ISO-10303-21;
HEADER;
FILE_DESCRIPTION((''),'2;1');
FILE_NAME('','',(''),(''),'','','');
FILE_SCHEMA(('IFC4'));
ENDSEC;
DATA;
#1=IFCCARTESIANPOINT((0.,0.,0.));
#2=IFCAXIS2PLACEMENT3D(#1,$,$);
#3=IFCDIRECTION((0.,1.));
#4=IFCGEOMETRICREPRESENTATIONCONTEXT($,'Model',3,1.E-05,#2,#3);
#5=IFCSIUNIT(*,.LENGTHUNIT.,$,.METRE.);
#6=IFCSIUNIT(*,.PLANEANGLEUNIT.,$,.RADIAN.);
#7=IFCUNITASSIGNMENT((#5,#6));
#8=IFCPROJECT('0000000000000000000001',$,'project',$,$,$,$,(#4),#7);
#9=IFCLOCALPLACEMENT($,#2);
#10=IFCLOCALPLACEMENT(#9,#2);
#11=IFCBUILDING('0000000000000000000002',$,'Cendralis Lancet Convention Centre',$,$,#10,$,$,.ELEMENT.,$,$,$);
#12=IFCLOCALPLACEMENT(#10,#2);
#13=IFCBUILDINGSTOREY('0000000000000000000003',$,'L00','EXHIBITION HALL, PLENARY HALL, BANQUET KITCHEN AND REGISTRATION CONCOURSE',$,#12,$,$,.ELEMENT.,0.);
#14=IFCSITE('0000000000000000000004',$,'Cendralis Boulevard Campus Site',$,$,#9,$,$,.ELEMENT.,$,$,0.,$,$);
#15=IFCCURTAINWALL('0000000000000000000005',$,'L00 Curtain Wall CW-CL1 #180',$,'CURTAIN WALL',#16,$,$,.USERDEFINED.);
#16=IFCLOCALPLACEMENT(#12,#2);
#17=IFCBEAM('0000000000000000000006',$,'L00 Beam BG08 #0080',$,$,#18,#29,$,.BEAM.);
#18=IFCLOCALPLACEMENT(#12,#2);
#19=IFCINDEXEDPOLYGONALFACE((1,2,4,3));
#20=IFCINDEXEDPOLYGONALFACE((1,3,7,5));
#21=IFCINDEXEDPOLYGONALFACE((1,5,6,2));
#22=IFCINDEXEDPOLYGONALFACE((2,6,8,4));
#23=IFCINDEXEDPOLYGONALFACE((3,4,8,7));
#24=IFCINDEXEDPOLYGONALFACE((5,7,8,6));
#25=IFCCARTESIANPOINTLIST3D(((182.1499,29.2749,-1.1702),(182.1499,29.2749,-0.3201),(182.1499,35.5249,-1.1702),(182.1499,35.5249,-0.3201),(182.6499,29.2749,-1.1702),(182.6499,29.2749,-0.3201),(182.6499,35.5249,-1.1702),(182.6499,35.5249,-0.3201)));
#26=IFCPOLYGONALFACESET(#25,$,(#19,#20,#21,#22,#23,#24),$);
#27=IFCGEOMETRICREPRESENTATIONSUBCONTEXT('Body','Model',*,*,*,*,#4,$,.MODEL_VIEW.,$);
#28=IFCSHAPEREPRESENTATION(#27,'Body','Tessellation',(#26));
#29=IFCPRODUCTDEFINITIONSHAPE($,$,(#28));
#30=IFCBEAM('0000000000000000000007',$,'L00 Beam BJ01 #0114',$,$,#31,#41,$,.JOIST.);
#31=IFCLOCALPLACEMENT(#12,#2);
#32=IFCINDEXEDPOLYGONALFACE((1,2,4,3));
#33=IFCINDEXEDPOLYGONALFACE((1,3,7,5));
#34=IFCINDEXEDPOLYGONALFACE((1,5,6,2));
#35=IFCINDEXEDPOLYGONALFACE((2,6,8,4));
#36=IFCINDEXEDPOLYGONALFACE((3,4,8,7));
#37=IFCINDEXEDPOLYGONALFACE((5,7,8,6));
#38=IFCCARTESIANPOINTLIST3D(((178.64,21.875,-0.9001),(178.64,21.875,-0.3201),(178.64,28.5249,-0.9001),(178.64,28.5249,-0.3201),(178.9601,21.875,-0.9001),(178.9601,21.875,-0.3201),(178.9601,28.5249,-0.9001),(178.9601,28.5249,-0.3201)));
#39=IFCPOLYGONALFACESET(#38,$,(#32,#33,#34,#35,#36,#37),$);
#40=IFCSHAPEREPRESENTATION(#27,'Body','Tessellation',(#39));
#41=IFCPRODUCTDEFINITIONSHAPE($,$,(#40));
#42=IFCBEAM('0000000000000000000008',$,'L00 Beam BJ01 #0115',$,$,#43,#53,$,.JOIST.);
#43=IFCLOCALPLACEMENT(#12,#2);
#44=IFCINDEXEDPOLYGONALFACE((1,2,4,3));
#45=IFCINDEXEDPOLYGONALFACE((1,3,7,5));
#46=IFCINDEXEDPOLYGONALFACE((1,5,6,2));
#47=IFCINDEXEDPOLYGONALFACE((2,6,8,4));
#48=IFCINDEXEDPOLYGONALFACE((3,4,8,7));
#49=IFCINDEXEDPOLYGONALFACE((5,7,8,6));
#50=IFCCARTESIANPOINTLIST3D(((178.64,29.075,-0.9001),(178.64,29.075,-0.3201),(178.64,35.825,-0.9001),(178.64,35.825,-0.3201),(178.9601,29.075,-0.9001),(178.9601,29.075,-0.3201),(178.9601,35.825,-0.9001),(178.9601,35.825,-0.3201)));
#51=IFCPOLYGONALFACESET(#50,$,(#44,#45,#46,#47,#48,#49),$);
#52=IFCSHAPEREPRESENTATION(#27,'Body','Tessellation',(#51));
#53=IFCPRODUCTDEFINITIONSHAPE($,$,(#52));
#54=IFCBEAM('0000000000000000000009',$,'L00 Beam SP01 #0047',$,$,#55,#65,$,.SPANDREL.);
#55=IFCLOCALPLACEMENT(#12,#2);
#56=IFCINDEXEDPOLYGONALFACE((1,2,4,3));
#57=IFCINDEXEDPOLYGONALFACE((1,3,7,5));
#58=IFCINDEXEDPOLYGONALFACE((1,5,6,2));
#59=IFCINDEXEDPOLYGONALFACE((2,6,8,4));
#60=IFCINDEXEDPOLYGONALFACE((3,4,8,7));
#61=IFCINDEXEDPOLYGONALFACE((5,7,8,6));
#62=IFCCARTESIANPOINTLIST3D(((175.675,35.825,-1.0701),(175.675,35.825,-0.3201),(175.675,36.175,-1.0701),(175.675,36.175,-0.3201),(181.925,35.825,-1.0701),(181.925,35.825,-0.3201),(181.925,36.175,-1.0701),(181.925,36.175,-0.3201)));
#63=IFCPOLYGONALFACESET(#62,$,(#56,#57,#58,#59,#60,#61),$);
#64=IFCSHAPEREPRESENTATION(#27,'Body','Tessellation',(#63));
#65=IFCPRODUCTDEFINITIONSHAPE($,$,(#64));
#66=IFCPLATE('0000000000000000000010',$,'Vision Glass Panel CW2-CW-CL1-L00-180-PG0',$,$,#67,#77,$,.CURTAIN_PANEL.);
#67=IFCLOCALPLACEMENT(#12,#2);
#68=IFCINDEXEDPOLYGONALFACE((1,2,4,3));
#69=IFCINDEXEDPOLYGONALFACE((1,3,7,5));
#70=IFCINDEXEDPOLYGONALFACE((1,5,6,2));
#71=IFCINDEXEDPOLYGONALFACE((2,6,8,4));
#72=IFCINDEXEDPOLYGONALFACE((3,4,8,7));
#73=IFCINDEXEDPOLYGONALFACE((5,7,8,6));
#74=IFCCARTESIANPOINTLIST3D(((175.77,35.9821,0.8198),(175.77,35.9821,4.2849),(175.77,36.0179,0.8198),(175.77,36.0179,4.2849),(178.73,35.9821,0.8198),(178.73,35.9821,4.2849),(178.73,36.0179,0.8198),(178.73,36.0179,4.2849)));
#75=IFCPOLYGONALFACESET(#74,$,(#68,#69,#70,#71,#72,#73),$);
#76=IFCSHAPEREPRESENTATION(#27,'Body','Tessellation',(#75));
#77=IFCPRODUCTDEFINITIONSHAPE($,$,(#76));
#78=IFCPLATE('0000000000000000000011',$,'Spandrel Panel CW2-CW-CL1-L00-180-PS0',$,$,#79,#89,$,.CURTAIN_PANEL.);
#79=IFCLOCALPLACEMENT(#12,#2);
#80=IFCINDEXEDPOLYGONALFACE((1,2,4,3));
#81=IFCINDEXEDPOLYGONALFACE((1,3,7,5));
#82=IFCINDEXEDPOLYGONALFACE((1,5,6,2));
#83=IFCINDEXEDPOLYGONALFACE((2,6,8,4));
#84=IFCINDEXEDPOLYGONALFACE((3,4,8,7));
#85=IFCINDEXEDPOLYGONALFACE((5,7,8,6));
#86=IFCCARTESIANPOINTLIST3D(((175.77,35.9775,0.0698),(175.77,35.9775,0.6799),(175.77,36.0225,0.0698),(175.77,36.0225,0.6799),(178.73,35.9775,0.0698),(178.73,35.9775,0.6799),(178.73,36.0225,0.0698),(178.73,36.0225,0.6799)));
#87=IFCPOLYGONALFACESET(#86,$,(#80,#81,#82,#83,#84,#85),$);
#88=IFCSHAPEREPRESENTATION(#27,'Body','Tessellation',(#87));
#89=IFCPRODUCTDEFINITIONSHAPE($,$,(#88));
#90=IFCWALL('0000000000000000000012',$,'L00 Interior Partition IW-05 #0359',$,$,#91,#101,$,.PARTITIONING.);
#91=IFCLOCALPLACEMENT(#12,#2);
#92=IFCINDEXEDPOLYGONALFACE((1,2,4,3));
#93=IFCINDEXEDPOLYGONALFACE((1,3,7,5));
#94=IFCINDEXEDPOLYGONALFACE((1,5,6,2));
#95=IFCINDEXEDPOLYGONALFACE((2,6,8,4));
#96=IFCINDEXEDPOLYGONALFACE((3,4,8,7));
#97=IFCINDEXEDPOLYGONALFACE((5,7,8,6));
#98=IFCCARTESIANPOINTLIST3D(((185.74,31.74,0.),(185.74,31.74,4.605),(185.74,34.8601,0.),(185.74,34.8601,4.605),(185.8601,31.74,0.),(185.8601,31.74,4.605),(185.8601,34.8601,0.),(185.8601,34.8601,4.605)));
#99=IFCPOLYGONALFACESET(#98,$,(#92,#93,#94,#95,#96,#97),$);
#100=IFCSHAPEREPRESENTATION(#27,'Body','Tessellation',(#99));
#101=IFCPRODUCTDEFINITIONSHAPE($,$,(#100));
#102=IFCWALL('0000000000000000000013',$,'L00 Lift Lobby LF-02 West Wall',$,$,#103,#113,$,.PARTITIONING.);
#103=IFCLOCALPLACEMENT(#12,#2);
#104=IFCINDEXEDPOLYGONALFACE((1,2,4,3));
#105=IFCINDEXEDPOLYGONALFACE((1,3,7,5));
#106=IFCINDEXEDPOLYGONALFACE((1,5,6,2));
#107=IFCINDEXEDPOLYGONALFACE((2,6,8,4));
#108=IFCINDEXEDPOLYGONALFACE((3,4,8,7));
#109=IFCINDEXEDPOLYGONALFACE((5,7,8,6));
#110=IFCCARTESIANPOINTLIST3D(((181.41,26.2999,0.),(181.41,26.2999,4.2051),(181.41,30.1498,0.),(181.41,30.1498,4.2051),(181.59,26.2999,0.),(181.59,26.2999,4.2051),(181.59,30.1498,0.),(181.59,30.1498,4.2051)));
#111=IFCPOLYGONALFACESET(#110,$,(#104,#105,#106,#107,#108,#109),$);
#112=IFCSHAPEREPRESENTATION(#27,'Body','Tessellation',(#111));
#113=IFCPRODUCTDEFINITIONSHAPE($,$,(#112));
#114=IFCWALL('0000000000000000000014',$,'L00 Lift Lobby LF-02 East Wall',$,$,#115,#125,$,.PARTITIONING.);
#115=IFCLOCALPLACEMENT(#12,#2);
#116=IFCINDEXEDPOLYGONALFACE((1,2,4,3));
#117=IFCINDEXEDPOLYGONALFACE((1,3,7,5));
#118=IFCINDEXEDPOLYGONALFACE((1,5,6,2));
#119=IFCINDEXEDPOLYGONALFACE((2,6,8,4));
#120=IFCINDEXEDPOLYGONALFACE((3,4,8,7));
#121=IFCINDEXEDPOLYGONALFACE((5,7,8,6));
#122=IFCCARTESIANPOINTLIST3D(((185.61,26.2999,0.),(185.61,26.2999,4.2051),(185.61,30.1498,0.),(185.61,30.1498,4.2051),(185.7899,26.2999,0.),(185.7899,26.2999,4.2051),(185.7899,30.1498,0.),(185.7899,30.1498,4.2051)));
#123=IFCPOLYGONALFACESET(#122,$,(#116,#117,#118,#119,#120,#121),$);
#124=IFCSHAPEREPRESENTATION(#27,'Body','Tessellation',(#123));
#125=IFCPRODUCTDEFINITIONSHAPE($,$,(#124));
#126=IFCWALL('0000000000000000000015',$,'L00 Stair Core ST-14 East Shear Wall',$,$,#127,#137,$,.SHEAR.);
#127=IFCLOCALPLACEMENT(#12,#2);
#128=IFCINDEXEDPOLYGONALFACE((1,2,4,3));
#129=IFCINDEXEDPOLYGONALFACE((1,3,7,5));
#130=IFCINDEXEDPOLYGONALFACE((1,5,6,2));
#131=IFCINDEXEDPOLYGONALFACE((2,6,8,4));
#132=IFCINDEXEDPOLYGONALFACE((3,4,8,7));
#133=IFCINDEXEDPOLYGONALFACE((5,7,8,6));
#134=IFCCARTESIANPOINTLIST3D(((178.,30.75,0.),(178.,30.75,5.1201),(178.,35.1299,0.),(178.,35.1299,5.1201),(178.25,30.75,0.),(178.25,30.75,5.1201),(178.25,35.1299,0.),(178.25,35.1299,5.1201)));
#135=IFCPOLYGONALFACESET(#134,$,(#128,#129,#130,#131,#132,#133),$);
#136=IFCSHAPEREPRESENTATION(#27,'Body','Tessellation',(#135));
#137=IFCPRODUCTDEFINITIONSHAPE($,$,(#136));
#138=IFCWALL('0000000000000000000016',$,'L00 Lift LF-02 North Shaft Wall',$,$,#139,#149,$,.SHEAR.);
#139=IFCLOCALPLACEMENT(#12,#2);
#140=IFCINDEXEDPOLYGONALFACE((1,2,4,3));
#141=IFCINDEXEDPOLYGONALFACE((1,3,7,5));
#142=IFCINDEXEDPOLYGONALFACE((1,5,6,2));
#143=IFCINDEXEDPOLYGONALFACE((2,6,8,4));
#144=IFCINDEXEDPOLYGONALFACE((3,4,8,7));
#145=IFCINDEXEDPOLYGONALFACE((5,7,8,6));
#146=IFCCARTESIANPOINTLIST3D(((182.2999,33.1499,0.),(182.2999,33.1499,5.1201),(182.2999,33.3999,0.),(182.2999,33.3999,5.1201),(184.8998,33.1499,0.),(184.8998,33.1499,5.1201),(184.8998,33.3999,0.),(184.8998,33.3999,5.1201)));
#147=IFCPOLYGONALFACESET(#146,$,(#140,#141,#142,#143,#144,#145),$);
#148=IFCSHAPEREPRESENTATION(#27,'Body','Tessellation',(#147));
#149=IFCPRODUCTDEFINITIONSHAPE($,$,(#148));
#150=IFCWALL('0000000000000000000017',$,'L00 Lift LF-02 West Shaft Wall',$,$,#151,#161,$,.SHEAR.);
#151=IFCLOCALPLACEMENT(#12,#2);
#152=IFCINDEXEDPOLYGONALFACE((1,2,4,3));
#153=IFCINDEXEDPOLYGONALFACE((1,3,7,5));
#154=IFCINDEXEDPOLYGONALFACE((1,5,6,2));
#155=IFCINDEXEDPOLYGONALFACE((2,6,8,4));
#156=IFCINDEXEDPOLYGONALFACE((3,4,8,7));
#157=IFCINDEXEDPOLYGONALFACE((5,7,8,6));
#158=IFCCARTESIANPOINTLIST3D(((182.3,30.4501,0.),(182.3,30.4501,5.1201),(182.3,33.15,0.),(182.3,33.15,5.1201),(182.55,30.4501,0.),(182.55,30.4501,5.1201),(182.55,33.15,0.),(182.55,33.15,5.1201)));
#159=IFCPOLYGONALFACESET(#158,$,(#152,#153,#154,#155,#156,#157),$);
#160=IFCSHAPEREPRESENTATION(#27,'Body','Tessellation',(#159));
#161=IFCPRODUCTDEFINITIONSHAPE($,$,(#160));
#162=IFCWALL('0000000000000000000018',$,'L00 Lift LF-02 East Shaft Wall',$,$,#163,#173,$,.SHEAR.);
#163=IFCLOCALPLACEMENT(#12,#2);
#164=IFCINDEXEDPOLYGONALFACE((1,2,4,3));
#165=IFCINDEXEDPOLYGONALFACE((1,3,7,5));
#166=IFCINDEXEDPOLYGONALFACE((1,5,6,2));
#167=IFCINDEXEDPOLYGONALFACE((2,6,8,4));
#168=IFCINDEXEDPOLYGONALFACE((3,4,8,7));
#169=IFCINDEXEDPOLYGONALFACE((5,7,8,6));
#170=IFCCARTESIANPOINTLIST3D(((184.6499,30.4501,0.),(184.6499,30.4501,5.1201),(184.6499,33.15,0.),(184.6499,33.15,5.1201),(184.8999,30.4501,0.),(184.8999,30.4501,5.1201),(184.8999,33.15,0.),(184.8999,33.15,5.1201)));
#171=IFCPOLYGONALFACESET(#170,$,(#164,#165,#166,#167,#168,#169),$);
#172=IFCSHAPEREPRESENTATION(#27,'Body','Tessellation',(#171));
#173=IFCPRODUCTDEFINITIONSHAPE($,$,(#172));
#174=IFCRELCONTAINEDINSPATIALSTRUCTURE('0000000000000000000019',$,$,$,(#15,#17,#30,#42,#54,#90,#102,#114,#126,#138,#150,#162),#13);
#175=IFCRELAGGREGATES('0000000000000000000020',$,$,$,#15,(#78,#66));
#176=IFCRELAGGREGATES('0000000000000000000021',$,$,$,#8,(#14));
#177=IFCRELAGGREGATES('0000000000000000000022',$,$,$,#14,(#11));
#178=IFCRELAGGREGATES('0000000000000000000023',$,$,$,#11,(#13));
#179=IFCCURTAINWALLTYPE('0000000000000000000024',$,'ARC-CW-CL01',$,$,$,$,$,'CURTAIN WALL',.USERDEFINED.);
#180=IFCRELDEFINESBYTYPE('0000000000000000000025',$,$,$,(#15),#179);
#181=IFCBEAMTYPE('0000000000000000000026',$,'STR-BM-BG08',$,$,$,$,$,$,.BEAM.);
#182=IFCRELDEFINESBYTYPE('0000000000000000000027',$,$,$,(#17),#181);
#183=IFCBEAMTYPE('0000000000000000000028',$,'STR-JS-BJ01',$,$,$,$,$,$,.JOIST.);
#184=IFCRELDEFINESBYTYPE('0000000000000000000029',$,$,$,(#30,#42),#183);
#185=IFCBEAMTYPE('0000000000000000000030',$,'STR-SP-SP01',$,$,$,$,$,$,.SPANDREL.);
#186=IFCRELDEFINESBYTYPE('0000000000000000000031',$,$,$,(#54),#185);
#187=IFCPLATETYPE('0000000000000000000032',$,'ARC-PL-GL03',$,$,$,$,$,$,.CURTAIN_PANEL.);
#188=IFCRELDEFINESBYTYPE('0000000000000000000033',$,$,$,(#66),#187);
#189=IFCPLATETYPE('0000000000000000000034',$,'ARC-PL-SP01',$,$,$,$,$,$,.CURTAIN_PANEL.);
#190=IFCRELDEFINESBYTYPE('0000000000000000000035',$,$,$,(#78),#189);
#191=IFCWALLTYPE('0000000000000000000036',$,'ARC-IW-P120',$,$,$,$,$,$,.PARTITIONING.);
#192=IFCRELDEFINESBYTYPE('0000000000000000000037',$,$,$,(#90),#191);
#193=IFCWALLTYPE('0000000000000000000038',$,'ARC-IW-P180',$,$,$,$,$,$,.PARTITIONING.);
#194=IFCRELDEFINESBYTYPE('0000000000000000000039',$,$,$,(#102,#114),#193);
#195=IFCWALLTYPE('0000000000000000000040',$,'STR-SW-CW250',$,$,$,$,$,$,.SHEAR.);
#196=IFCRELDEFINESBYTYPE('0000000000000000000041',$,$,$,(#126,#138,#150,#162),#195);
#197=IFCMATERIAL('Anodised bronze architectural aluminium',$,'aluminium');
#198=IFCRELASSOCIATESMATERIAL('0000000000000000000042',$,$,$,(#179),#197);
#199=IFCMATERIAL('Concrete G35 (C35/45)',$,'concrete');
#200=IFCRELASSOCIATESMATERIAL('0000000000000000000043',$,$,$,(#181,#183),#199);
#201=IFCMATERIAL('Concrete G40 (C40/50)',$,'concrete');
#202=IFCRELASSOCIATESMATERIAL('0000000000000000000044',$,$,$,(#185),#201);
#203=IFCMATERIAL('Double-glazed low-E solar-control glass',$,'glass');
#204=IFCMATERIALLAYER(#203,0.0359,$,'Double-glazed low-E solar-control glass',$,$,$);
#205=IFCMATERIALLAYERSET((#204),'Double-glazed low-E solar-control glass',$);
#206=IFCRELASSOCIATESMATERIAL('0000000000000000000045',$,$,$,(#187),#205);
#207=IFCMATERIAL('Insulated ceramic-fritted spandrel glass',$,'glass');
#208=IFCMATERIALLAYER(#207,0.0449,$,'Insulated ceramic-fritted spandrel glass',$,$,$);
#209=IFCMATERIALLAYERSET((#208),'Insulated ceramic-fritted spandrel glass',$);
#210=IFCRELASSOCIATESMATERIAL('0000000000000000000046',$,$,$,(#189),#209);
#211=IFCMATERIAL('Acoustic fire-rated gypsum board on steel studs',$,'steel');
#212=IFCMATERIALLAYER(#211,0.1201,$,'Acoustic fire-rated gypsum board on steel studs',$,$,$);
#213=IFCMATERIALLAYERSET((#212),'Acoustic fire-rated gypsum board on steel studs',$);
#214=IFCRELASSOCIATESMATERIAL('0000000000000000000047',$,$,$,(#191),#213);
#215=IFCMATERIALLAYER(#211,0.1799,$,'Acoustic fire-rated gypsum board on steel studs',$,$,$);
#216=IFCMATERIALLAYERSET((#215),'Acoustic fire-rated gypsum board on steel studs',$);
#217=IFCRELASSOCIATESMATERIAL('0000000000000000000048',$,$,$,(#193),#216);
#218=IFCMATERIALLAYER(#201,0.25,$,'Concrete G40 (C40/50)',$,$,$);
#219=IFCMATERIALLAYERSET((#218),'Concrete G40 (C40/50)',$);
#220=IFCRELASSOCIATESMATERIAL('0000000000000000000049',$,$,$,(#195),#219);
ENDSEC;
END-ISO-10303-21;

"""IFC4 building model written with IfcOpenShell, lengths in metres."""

from ifc_helpers import new_model, si_unit, direction, frame, frame_2d, origin, origin_2d, place, context, subcontext, project, spatial, rectangle, extrude, material, layer, layer_set, material_profile, profile_set, type_object, element, aggregate, save


model = new_model("IFC4")

# Units and contexts
model_context = context("Model", 3, precision=1e-05, world=origin(), true_north=direction((0.0, 1.0)))
body_context = subcontext(model_context, "Body", "Model", "MODEL_VIEW")
ifc_project = project(units=[si_unit("LENGTHUNIT", "METRE"), si_unit("PLANEANGLEUNIT", "RADIAN")], contexts=[model_context])

# Site, building, storey
site_placement = place(None, origin())
site = spatial("IfcSite", under=ifc_project, at=site_placement, Name="Cendralis Boulevard Campus Site", CompositionType="ELEMENT", RefElevation=0.0)
building_placement = place(site_placement, origin())
building = spatial("IfcBuilding", under=site, at=building_placement, Name="Cendralis Lancet Convention Centre", CompositionType="ELEMENT")
storey_placement = place(building_placement, origin())
storey = spatial("IfcBuildingStorey", under=building, at=storey_placement, Name="L00", Description="EXHIBITION HALL, PLENARY HALL, BANQUET KITCHEN AND REGISTRATION CONCOURSE", CompositionType="ELEMENT", Elevation=0.0)

# Shared definitions
ifc_material_1 = material(Name="Concrete G40 (C40/50)", Category="concrete")

# Curtain wall
ifc_material_2 = material(Name="Anodised bronze architectural aluminium", Category="aluminium")
curtain_wall_type = type_object("IfcCurtainWallType", Name="ARC-CW-CL01", ElementType="CURTAIN WALL", PredefinedType="USERDEFINED", material=ifc_material_2)
curtain_wall_placement = place(storey_placement, origin())
curtain_wall = element("IfcCurtainWall", 1, at=curtain_wall_placement, inside=storey, type_object=curtain_wall_type, Name="L00 Curtain Wall CW-CL1 #180", ObjectType="CURTAIN WALL", PredefinedType="USERDEFINED")

# Beams
ifc_material_3 = material(Name="Concrete G35 (C35/45)", Category="concrete")
ifc_material_profile_1 = material_profile(ifc_material_3, rectangle(XDim=0.5, YDim=0.8501, at=origin_2d()), Name="RCB 500x850")
ifc_profile_set_1 = profile_set([ifc_material_profile_1], Name="Concrete G35 (C35/45)")
beam_type_1 = type_object("IfcBeamType", Name="STR-BM-BG08", PredefinedType="BEAM", material=ifc_profile_set_1)
for number, where, z_axis, x_axis, name in (
    (2, (182.3999, 29.2749, -0.7451), (0.0, 1.0, 0.0), (-1.0, 0.0, 0.0), "L00 Beam BG08 #0080"),
):
    element("IfcBeam", number, at=place(storey_placement, frame(where, z_axis=z_axis, x_axis=x_axis)), inside=storey, type_object=beam_type_1, Name=name, PredefinedType="BEAM", context=body_context, shape_type="SweptSolid", body=[
        extrude(rectangle(XDim=0.5, YDim=0.8501, at=origin_2d()), origin(), (0.0, 0.0, 1.0), 6.25),
    ])
ifc_material_profile_2 = material_profile(ifc_material_3, rectangle(XDim=0.3201, YDim=0.5801, at=origin_2d()), Name="RCB 320x580")
ifc_profile_set_2 = profile_set([ifc_material_profile_2], Name="Concrete G35 (C35/45)")
beam_type_2 = type_object("IfcBeamType", Name="STR-JS-BJ01", PredefinedType="JOIST", material=ifc_profile_set_2)
beam_1_placement = place(storey_placement, frame((178.8, 21.875, -0.6101), z_axis=(0.0, 1.0, 0.0), x_axis=(-1.0, 0.0, 0.0)))
element("IfcBeam", 3, at=beam_1_placement, inside=storey, type_object=beam_type_2, Name="L00 Beam BJ01 #0114", PredefinedType="JOIST", context=body_context, shape_type="SweptSolid", body=[
    extrude(rectangle(XDim=0.3201, YDim=0.5801, at=origin_2d()), origin(), (0.0, 0.0, 1.0), 6.6499),
])
beam_2_placement = place(storey_placement, frame((178.8, 29.075, -0.6101), z_axis=(0.0, 1.0, 0.0), x_axis=(-1.0, 0.0, 0.0)))
element("IfcBeam", 4, at=beam_2_placement, inside=storey, type_object=beam_type_2, Name="L00 Beam BJ01 #0115", PredefinedType="JOIST", context=body_context, shape_type="SweptSolid", body=[
    extrude(rectangle(XDim=0.3201, YDim=0.5801, at=origin_2d()), origin(), (0.0, 0.0, 1.0), 6.75),
])
ifc_material_profile_3 = material_profile(ifc_material_1, rectangle(XDim=0.3501, YDim=0.75, at=origin_2d()), Name="RCB 350x750")
ifc_profile_set_3 = profile_set([ifc_material_profile_3], Name="Concrete G40 (C40/50)")
beam_type_3 = type_object("IfcBeamType", Name="STR-SP-SP01", PredefinedType="SPANDREL", material=ifc_profile_set_3)
beam_3_placement = place(storey_placement, frame((175.675, 36.0, -0.6951), z_axis=(1.0, 0.0, 0.0), x_axis=(0.0, 1.0, 0.0)))
element("IfcBeam", 5, at=beam_3_placement, inside=storey, type_object=beam_type_3, Name="L00 Beam SP01 #0047", PredefinedType="SPANDREL", context=body_context, shape_type="SweptSolid", body=[
    extrude(rectangle(XDim=0.3501, YDim=0.75, at=origin_2d()), origin(), (0.0, 0.0, 1.0), 6.25),
])

# Plates
ifc_material_4 = material(Name="Double-glazed low-E solar-control glass", Category="glass")
ifc_layer_1 = layer(ifc_material_4, 0.0359, Name="Double-glazed low-E solar-control glass")
ifc_layer_set_1 = layer_set([ifc_layer_1], Name="Double-glazed low-E solar-control glass")
plate_type_1 = type_object("IfcPlateType", Name="ARC-PL-GL03", PredefinedType="CURTAIN_PANEL", material=ifc_layer_set_1)
plate_1_placement = place(storey_placement, frame((177.25, 36.0, 0.8198), z_axis=(0.0, 0.0, 1.0), x_axis=(1.0, 0.0, 0.0)))
plate_1 = element("IfcPlate", 6, at=plate_1_placement, type_object=plate_type_1, Name="Vision Glass Panel CW2-CW-CL1-L00-180-PG0", PredefinedType="CURTAIN_PANEL", context=body_context, shape_type="SweptSolid", body=[
    extrude(rectangle(XDim=2.96, YDim=0.0359, at=origin_2d()), origin(), (0.0, 0.0, 1.0), 3.4651),
])
ifc_material_5 = material(Name="Insulated ceramic-fritted spandrel glass", Category="glass")
ifc_layer_2 = layer(ifc_material_5, 0.0449, Name="Insulated ceramic-fritted spandrel glass")
ifc_layer_set_2 = layer_set([ifc_layer_2], Name="Insulated ceramic-fritted spandrel glass")
plate_type_2 = type_object("IfcPlateType", Name="ARC-PL-SP01", PredefinedType="CURTAIN_PANEL", material=ifc_layer_set_2)
plate_2_placement = place(storey_placement, frame((177.25, 36.0, 0.0698), z_axis=(0.0, 0.0, 1.0), x_axis=(1.0, 0.0, 0.0)))
plate_2 = element("IfcPlate", 7, at=plate_2_placement, type_object=plate_type_2, Name="Spandrel Panel CW2-CW-CL1-L00-180-PS0", PredefinedType="CURTAIN_PANEL", context=body_context, shape_type="SweptSolid", body=[
    extrude(rectangle(XDim=2.96, YDim=0.0449, at=origin_2d()), origin(), (0.0, 0.0, 1.0), 0.6101),
])
aggregate(curtain_wall, [plate_2, plate_1])

# Wall
ifc_material_6 = material(Name="Acoustic fire-rated gypsum board on steel studs", Category="steel")
ifc_layer_3 = layer(ifc_material_6, 0.1201, Name="Acoustic fire-rated gypsum board on steel studs")
ifc_layer_set_3 = layer_set([ifc_layer_3], Name="Acoustic fire-rated gypsum board on steel studs")
wall_type_1 = type_object("IfcWallType", Name="ARC-IW-P120", PredefinedType="PARTITIONING", material=ifc_layer_set_3)
wall_1_placement = place(storey_placement, frame((185.8, 31.74, 0.0), z_axis=(0.0, 0.0, 1.0), x_axis=(0.0, 1.0, 0.0)))
element("IfcWall", 8, at=wall_1_placement, inside=storey, type_object=wall_type_1, Name="L00 Interior Partition IW-05 #0359", PredefinedType="PARTITIONING", context=body_context, shape_type="SweptSolid", body=[
    extrude(rectangle(XDim=3.1201, YDim=0.1201, at=frame_2d((1.5601, 0.0))), origin(), (0.0, 0.0, 1.0), 4.605),
])

# Shared definitions
ifc_layer_4 = layer(ifc_material_6, 0.1799, Name="Acoustic fire-rated gypsum board on steel studs")
ifc_layer_set_4 = layer_set([ifc_layer_4], Name="Acoustic fire-rated gypsum board on steel studs")
wall_type_2 = type_object("IfcWallType", Name="ARC-IW-P180", PredefinedType="PARTITIONING", material=ifc_layer_set_4)

# Walls
for number, where, z_axis, x_axis, name in (
    (9, (181.5, 26.3, 0.0), (0.0, 0.0, 1.0), (0.0, 1.0, 0.0), "L00 Lift Lobby LF-02 West Wall"),
    (10, (185.7, 26.3, 0.0), (0.0, 0.0, 1.0), (0.0, 1.0, 0.0), "L00 Lift Lobby LF-02 East Wall"),
):
    element("IfcWall", number, at=place(storey_placement, frame(where, z_axis=z_axis, x_axis=x_axis)), inside=storey, type_object=wall_type_2, Name=name, PredefinedType="PARTITIONING", context=body_context, shape_type="SweptSolid", body=[
        extrude(rectangle(XDim=3.8499, YDim=0.1799, at=frame_2d((1.9248, 0.0))), origin(), (0.0, 0.0, 1.0), 4.2051),
    ])
ifc_layer_5 = layer(ifc_material_1, 0.25, Name="Concrete G40 (C40/50)")
ifc_layer_set_5 = layer_set([ifc_layer_5], Name="Concrete G40 (C40/50)")
wall_type_3 = type_object("IfcWallType", Name="STR-SW-CW250", PredefinedType="SHEAR", material=ifc_layer_set_5)
wall_2_placement = place(storey_placement, frame((178.125, 30.75, 0.0), z_axis=(0.0, 0.0, 1.0), x_axis=(0.0, 1.0, 0.0)))
element("IfcWall", 11, at=wall_2_placement, inside=storey, type_object=wall_type_3, Name="L00 Stair Core ST-14 East Shear Wall", PredefinedType="SHEAR", context=body_context, shape_type="SweptSolid", body=[
    extrude(rectangle(XDim=4.3799, YDim=0.25, at=frame_2d((2.1899, 0.0))), origin(), (0.0, 0.0, 1.0), 5.1201),
])

# Walls
wall_3_placement = place(storey_placement, frame((182.3, 33.2749, 0.0), z_axis=(0.0, 0.0, 1.0), x_axis=(1.0, 0.0, 0.0)))
element("IfcWall", 12, at=wall_3_placement, inside=storey, type_object=wall_type_3, Name="L00 Lift LF-02 North Shaft Wall", PredefinedType="SHEAR", context=body_context, shape_type="SweptSolid", body=[
    extrude(rectangle(XDim=2.5999, YDim=0.25, at=frame_2d((1.2998, 0.0))), origin(), (0.0, 0.0, 1.0), 5.1201),
])
for number, where, z_axis, x_axis, name in (
    (13, (182.425, 30.45, 0.0), (0.0, 0.0, 1.0), (0.0, 1.0, 0.0), "L00 Lift LF-02 West Shaft Wall"),
    (14, (184.7749, 30.45, 0.0), (0.0, 0.0, 1.0), (0.0, 1.0, 0.0), "L00 Lift LF-02 East Shaft Wall"),
):
    element("IfcWall", number, at=place(storey_placement, frame(where, z_axis=z_axis, x_axis=x_axis)), inside=storey, type_object=wall_type_3, Name=name, PredefinedType="SHEAR", context=body_context, shape_type="SweptSolid", body=[
        extrude(rectangle(XDim=2.7, YDim=0.25, at=frame_2d((1.3501, 0.0))), origin(), (0.0, 0.0, 1.0), 5.1201),
    ])

save(model, "model.ifc")
